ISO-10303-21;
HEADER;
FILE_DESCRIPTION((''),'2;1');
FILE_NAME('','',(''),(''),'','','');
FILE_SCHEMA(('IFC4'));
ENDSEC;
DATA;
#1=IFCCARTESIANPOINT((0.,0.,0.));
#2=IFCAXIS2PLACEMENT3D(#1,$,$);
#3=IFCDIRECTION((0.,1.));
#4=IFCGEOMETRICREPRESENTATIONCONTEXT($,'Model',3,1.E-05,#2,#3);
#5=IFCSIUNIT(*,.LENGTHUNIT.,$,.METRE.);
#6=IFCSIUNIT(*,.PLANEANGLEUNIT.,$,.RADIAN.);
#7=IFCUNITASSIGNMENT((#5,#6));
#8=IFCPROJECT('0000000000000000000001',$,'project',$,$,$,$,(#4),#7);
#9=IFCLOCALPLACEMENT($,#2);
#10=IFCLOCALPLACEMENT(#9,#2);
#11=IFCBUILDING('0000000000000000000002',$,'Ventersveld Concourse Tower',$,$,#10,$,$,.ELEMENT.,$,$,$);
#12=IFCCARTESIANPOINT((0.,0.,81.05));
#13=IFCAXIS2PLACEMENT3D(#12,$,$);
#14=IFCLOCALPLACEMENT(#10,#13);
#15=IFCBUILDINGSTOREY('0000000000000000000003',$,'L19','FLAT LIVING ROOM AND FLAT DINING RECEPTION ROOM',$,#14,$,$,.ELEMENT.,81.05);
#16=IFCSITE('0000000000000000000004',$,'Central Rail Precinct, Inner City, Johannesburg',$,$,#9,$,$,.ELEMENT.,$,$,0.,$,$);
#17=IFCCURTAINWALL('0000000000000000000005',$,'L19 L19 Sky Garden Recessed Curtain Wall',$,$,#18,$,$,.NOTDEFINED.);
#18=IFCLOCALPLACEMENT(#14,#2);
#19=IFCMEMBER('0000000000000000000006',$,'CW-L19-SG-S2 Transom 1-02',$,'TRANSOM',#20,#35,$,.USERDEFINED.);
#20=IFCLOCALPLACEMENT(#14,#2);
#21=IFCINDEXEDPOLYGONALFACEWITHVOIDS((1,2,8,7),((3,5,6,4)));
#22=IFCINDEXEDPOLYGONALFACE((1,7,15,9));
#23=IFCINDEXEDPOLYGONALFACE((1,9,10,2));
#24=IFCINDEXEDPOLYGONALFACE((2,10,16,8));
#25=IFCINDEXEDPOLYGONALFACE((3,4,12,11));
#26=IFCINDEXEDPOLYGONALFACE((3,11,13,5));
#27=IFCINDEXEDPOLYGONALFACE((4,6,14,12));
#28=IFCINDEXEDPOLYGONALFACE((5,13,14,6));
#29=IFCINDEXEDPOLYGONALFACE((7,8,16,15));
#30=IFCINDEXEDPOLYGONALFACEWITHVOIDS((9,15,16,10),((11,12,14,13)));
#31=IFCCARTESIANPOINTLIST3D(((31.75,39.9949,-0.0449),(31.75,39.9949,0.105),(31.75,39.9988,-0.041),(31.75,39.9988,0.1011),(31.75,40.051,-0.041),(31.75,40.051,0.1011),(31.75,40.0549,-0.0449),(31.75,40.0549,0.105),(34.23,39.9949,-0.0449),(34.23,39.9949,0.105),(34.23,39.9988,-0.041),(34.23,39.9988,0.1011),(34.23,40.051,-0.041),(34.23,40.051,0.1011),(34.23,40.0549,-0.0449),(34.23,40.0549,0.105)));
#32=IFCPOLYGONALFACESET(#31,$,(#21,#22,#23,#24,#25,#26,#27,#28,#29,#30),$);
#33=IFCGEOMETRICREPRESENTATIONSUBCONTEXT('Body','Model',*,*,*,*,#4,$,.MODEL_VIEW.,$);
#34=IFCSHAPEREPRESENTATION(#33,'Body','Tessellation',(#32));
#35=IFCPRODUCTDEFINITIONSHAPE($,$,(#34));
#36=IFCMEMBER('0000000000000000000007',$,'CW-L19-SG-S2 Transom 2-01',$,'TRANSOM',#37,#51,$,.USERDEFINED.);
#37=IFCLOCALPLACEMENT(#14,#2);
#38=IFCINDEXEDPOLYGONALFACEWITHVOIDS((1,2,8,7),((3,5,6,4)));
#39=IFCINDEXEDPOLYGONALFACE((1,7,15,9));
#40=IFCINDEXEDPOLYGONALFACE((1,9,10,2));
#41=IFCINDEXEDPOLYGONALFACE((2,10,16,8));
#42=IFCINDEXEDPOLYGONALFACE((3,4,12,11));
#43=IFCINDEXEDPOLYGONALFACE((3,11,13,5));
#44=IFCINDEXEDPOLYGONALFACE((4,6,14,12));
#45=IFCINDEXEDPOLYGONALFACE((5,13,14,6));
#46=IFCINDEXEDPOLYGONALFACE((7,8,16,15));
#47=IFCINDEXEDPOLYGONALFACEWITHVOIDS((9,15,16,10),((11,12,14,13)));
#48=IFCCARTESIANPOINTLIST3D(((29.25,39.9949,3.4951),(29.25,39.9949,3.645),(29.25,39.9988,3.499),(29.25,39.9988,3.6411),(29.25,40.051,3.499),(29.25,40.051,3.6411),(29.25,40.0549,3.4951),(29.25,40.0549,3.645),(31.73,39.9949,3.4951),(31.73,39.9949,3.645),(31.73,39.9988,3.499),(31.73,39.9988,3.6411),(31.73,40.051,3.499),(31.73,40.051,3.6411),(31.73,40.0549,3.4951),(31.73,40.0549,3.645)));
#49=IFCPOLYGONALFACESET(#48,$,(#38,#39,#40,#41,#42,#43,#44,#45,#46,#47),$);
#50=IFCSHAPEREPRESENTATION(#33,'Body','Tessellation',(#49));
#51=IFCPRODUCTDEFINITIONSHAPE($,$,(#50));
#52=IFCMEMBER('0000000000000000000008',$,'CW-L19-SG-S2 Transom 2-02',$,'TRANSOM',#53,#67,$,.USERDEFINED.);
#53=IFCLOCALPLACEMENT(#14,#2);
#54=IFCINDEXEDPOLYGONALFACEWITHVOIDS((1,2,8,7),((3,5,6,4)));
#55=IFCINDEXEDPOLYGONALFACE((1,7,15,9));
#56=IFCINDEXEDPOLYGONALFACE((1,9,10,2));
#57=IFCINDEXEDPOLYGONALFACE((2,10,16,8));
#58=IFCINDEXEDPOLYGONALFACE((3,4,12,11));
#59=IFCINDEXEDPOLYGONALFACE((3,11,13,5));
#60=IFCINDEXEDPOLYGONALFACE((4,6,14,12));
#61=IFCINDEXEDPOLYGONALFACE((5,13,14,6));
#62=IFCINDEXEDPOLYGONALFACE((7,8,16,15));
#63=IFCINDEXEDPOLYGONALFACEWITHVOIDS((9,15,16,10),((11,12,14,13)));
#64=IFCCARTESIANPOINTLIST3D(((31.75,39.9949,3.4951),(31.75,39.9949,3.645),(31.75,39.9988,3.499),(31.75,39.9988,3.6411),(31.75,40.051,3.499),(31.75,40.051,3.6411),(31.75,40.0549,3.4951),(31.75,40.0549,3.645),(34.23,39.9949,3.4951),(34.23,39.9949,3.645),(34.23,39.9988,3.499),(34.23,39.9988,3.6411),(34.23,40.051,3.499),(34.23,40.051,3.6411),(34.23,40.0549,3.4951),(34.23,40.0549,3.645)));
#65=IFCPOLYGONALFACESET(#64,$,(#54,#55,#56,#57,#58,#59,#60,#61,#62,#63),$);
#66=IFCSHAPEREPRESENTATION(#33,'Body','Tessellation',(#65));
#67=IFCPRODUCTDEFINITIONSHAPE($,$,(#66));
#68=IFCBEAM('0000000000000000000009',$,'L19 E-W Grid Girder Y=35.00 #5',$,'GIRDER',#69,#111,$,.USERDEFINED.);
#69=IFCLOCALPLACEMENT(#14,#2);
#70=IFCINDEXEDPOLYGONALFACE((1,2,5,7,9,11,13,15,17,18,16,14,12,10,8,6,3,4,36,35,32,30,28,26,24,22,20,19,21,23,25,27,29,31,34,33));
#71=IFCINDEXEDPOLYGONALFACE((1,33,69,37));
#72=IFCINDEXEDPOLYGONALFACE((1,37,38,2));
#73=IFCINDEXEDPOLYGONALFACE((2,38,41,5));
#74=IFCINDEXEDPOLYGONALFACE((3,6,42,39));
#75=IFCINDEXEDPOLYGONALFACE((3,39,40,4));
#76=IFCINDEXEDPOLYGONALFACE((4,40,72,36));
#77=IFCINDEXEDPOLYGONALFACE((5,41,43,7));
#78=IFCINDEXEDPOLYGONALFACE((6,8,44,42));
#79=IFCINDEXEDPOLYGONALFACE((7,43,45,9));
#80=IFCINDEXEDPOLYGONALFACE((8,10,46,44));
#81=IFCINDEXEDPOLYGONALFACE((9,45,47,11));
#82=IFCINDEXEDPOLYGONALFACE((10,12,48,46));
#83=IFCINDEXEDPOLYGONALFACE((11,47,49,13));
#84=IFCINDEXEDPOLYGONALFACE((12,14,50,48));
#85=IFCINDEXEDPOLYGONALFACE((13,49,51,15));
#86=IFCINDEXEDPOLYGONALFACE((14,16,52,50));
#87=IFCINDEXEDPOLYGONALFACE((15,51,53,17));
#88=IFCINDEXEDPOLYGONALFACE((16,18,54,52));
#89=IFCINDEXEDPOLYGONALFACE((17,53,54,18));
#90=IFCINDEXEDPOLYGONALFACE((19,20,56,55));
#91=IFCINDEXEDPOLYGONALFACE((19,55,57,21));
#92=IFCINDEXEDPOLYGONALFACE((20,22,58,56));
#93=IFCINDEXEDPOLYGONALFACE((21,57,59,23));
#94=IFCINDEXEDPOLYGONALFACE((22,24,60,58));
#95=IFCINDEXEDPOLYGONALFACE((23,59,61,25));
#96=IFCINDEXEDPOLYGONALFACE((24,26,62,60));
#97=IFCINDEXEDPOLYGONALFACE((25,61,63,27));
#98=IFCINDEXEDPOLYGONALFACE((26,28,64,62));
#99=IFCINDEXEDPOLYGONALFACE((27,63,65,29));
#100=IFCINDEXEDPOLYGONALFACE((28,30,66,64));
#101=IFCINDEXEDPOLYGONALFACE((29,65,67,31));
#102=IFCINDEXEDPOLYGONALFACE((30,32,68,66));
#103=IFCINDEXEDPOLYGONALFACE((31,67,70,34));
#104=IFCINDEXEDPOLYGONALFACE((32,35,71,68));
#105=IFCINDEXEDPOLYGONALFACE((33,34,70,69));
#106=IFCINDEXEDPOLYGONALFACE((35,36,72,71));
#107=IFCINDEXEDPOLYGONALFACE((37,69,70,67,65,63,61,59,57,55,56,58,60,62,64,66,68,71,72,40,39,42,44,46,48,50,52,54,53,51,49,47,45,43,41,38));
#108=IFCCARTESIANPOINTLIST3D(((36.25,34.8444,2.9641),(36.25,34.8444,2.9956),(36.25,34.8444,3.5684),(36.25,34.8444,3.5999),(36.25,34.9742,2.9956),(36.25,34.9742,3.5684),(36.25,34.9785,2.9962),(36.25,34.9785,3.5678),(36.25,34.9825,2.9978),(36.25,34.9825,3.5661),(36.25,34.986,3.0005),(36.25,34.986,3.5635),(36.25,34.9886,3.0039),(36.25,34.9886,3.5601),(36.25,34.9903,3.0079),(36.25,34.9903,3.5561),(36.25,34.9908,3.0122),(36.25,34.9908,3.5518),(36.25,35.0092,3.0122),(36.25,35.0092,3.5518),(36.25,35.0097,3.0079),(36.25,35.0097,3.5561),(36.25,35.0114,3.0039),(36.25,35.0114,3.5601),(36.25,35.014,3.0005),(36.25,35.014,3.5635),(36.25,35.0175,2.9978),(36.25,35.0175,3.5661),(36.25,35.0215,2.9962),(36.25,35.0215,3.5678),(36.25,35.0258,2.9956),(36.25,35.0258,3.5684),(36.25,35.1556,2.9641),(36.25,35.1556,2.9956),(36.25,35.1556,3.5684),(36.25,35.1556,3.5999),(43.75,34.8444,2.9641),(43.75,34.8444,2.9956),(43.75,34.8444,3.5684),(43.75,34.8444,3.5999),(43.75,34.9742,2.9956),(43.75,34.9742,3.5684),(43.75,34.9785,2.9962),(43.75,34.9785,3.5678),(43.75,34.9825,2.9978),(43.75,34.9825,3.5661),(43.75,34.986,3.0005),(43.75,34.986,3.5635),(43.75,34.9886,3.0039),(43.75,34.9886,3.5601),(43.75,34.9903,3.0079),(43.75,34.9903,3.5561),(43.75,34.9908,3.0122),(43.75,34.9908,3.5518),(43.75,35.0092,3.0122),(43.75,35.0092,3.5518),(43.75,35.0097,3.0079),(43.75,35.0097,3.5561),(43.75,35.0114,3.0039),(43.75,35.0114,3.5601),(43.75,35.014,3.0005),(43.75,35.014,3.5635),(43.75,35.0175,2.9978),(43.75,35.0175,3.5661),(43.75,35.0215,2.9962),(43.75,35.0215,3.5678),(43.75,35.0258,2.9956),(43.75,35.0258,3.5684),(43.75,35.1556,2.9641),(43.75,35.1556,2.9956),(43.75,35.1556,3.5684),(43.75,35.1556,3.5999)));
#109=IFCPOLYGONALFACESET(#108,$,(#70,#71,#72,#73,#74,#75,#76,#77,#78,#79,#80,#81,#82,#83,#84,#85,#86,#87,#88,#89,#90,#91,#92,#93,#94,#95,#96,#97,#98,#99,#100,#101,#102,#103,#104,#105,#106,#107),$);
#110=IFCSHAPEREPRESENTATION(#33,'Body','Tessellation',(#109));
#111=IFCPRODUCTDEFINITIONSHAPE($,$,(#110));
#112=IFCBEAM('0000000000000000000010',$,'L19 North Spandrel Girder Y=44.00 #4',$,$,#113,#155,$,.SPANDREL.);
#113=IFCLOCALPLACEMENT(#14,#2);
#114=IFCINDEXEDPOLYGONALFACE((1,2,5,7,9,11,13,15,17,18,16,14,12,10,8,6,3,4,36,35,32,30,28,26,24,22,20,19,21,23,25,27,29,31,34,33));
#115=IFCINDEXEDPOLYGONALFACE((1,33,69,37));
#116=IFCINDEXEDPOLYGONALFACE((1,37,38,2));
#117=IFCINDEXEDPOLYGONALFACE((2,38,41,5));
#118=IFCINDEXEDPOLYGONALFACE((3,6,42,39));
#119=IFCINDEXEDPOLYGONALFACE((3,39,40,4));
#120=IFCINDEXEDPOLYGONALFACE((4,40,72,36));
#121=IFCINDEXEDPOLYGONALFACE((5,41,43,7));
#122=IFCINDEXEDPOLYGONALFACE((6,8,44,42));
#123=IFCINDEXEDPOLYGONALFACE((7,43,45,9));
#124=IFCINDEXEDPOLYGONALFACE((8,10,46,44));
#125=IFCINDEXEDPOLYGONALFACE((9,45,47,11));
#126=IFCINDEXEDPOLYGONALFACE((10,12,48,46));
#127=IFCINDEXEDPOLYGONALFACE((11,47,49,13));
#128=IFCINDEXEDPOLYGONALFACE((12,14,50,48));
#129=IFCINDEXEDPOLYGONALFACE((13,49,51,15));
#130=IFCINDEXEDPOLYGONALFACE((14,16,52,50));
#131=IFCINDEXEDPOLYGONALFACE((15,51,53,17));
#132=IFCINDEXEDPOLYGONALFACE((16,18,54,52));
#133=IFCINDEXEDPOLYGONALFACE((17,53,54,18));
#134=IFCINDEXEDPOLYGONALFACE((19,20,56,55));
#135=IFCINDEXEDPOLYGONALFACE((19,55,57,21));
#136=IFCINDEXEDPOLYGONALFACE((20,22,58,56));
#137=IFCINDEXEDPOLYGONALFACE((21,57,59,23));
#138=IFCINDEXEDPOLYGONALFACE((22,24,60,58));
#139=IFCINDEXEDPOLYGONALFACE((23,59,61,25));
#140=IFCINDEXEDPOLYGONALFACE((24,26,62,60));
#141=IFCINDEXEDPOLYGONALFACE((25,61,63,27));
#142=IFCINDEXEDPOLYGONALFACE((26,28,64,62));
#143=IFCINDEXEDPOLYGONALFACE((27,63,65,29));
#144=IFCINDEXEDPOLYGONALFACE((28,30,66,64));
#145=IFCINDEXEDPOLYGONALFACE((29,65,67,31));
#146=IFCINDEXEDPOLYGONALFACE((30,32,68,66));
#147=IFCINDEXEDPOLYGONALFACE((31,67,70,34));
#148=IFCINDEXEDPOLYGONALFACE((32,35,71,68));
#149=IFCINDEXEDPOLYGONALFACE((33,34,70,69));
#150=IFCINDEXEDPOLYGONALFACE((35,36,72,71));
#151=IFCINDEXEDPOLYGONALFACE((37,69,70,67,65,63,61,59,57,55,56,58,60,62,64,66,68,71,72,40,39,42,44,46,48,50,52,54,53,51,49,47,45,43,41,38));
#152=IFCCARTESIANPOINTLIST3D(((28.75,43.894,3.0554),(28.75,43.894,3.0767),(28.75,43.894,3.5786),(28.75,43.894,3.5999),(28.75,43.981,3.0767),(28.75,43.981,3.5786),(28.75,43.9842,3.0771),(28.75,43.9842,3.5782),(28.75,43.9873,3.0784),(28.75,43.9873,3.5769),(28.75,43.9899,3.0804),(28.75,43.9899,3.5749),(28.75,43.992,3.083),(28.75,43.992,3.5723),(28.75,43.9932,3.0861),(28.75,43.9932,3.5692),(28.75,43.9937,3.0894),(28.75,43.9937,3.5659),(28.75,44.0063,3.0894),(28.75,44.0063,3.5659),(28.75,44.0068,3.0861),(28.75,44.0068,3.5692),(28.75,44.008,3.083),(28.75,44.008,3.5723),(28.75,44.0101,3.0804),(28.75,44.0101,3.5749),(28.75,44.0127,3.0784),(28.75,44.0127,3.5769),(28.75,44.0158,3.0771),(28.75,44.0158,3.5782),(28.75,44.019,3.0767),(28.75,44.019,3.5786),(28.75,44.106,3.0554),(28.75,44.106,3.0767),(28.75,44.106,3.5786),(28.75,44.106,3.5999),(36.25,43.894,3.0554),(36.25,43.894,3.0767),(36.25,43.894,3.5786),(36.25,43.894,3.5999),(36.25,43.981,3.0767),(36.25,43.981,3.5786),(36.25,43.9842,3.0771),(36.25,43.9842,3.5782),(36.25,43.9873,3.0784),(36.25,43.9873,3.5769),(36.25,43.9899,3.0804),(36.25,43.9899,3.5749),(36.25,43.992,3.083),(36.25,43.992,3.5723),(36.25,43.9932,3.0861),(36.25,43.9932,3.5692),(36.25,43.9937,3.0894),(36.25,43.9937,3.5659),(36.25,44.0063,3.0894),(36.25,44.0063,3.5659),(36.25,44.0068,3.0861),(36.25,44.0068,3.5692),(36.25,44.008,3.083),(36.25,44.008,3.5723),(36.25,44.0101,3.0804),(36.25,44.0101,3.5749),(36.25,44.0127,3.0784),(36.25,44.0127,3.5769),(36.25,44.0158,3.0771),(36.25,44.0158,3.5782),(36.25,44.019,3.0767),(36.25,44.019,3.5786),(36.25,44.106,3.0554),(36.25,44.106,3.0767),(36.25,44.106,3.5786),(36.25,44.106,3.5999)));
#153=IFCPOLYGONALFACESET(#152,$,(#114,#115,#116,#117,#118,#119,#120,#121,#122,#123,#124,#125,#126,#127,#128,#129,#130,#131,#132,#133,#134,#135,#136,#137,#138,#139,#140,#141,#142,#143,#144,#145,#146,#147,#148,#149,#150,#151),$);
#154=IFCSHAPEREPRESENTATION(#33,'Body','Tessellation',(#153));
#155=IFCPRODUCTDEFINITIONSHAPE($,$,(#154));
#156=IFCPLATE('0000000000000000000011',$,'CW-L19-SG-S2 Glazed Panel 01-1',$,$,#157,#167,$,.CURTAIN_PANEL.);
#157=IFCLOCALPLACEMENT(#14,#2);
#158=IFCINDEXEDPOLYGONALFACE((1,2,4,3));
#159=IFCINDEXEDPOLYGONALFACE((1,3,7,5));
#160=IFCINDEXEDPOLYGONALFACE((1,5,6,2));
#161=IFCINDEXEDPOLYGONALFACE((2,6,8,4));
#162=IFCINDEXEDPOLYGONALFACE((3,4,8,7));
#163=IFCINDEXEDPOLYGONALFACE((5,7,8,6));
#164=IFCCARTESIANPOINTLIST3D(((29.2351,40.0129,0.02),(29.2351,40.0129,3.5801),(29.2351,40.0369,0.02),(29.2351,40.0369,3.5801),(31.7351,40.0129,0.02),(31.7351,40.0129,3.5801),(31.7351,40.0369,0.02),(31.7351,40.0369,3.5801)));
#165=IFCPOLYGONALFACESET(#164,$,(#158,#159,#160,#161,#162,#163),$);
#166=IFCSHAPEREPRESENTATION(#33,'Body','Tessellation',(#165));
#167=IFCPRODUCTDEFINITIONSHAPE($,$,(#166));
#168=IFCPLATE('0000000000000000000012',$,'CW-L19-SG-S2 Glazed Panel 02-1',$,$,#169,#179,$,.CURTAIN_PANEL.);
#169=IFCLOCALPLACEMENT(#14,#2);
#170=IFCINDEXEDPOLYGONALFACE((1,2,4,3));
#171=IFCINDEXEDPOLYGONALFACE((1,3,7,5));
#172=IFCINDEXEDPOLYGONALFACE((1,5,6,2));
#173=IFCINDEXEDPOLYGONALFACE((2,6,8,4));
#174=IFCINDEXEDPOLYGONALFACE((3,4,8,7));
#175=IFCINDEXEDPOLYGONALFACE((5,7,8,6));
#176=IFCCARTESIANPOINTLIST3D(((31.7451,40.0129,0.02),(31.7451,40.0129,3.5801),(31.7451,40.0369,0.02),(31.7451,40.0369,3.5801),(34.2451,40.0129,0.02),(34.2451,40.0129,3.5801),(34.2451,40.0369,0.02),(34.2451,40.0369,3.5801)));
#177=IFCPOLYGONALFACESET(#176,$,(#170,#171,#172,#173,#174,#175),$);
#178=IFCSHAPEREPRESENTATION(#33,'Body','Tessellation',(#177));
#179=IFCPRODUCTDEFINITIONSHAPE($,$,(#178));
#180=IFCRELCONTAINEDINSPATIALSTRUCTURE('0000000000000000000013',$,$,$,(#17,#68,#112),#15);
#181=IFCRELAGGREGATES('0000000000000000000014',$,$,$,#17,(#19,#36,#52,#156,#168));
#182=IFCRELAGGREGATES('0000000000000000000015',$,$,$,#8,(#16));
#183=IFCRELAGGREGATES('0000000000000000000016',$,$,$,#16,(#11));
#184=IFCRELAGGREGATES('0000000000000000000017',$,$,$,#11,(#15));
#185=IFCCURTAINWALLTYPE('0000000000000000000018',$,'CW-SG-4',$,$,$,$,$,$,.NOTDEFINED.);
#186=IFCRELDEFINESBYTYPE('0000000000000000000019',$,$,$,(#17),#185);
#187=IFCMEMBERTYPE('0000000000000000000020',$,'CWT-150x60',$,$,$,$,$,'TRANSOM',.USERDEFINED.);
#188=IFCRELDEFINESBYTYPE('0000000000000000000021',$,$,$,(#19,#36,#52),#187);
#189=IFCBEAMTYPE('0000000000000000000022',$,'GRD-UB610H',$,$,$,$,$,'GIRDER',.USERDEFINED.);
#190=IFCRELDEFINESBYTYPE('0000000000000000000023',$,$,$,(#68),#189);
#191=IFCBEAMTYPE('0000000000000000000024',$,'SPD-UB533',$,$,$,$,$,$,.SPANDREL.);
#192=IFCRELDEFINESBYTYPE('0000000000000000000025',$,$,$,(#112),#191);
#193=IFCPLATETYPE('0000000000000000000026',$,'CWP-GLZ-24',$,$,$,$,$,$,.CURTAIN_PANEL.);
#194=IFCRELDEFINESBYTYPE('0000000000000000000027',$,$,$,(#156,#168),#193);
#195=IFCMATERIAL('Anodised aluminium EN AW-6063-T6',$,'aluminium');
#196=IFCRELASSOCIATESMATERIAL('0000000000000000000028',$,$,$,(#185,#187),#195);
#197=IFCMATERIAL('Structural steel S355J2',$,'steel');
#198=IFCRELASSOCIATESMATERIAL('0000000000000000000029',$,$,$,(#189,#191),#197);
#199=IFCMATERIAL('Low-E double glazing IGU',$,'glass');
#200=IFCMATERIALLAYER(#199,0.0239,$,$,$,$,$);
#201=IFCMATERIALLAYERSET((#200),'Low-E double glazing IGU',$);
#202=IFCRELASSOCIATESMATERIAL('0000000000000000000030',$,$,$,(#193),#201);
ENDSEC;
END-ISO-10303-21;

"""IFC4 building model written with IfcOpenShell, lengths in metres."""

from ifc_helpers import new_model, si_unit, direction, frame, origin, origin_2d, place, context, subcontext, project, spatial, rectangle, hollow_rectangle, i_section, extrude, material, layer, layer_set, material_profile, profile_set, type_object, element, aggregate, save


model = new_model("IFC4")

# Units and contexts
model_context = context("Model", 3, precision=1e-05, world=origin(), true_north=direction((0.0, 1.0)))
body_context = subcontext(model_context, "Body", "Model", "MODEL_VIEW")
ifc_project = project(units=[si_unit("LENGTHUNIT", "METRE"), si_unit("PLANEANGLEUNIT", "RADIAN")], contexts=[model_context])

# Site, building, storey
site_placement = place(None, origin())
site = spatial("IfcSite", under=ifc_project, at=site_placement, Name="Central Rail Precinct, Inner City, Johannesburg", CompositionType="ELEMENT", RefElevation=0.0)
building_placement = place(site_placement, origin())
building = spatial("IfcBuilding", under=site, at=building_placement, Name="Ventersveld Concourse Tower", CompositionType="ELEMENT")
storey_placement = place(building_placement, frame((0.0, 0.0, 81.05)))
storey = spatial("IfcBuildingStorey", under=building, at=storey_placement, Name="L19", Description="FLAT LIVING ROOM AND FLAT DINING RECEPTION ROOM", CompositionType="ELEMENT", Elevation=81.05)

# Shared definitions
ifc_material_1 = material(Name="Structural steel S355J2", Category="steel")

# Shared definitions
ifc_material_2 = material(Name="Anodised aluminium EN AW-6063-T6", Category="aluminium")
curtain_wall_type = type_object("IfcCurtainWallType", Name="CW-SG-4", PredefinedType="NOTDEFINED", material=ifc_material_2)

# Curtain wall, members
curtain_wall_1_placement = place(storey_placement, origin())
curtain_wall_1 = element("IfcCurtainWall", 1, at=curtain_wall_1_placement, inside=storey, type_object=curtain_wall_type, Name="L19 L19 Sky Garden Recessed Curtain Wall", PredefinedType="NOTDEFINED")
ifc_material_profile_1 = material_profile(ifc_material_2, hollow_rectangle(XDim=0.0601, YDim=0.1499, WallThickness=0.0039, at=origin_2d()), Name="ALU 150x60x4")
ifc_profile_set_1 = profile_set([ifc_material_profile_1], Name="Anodised aluminium EN AW-6063-T6")
member_type_1 = type_object("IfcMemberType", Name="CWT-150x60", ElementType="TRANSOM", PredefinedType="USERDEFINED", material=ifc_profile_set_1)
member_1_placement = place(storey_placement, frame((31.75, 40.0249, 0.03), z_axis=(1.0, 0.0, 0.0), x_axis=(0.0, 1.0, 0.0)))
member_1 = element("IfcMember", 2, at=member_1_placement, type_object=member_type_1, Name="CW-L19-SG-S2 Transom 1-02", ObjectType="TRANSOM", PredefinedType="USERDEFINED", context=body_context, shape_type="SweptSolid", body=[
    extrude(hollow_rectangle(XDim=0.0601, YDim=0.1499, WallThickness=0.0039, at=origin_2d()), origin(), (0.0, 0.0, 1.0), 2.48),
])
member_2_placement = place(storey_placement, frame((29.25, 40.0249, 3.5701), z_axis=(1.0, 0.0, 0.0), x_axis=(0.0, 1.0, 0.0)))
member_2 = element("IfcMember", 3, at=member_2_placement, type_object=member_type_1, Name="CW-L19-SG-S2 Transom 2-01", ObjectType="TRANSOM", PredefinedType="USERDEFINED", context=body_context, shape_type="SweptSolid", body=[
    extrude(hollow_rectangle(XDim=0.0601, YDim=0.1499, WallThickness=0.0039, at=origin_2d()), origin(), (0.0, 0.0, 1.0), 2.48),
])
member_3_placement = place(storey_placement, frame((31.75, 40.0249, 3.5701), z_axis=(1.0, 0.0, 0.0), x_axis=(0.0, 1.0, 0.0)))
member_3 = element("IfcMember", 4, at=member_3_placement, type_object=member_type_1, Name="CW-L19-SG-S2 Transom 2-02", ObjectType="TRANSOM", PredefinedType="USERDEFINED", context=body_context, shape_type="SweptSolid", body=[
    extrude(hollow_rectangle(XDim=0.0601, YDim=0.1499, WallThickness=0.0039, at=origin_2d()), origin(), (0.0, 0.0, 1.0), 2.48),
])

# Beams
ifc_material_profile_2 = material_profile(ifc_material_1, i_section(OverallWidth=0.3113, OverallDepth=0.6357, WebThickness=0.0183, FlangeThickness=0.0315, FilletRadius=0.0166, at=origin_2d()), Name="UB 610x305x238")
ifc_profile_set_2 = profile_set([ifc_material_profile_2], Name="Structural steel S355J2")
beam_type_1 = type_object("IfcBeamType", Name="GRD-UB610H", ElementType="GIRDER", PredefinedType="USERDEFINED", material=ifc_profile_set_2)
beam_1_placement = place(storey_placement, frame((36.25, 35.0, 3.282), z_axis=(1.0, 0.0, 0.0), x_axis=(0.0, 1.0, 0.0)))
element("IfcBeam", 5, at=beam_1_placement, inside=storey, type_object=beam_type_1, Name="L19 E-W Grid Girder Y=35.00 #5", ObjectType="GIRDER", PredefinedType="USERDEFINED", context=body_context, shape_type="SweptSolid", body=[
    extrude(i_section(OverallWidth=0.3113, OverallDepth=0.6357, WebThickness=0.0183, FlangeThickness=0.0315, FilletRadius=0.0166, at=origin_2d()), origin(), (0.0, 0.0, 1.0), 7.5),
])
ifc_material_profile_3 = material_profile(ifc_material_1, i_section(OverallWidth=0.2119, OverallDepth=0.5444, WebThickness=0.0127, FlangeThickness=0.0212, FilletRadius=0.0127, at=origin_2d()), Name="UB 533x210x122")
ifc_profile_set_3 = profile_set([ifc_material_profile_3], Name="Structural steel S355J2")
beam_type_2 = type_object("IfcBeamType", Name="SPD-UB533", PredefinedType="SPANDREL", material=ifc_profile_set_3)
beam_2_placement = place(storey_placement, frame((28.75, 44.0, 3.3276), z_axis=(1.0, 0.0, 0.0), x_axis=(0.0, 1.0, 0.0)))
element("IfcBeam", 6, at=beam_2_placement, inside=storey, type_object=beam_type_2, Name="L19 North Spandrel Girder Y=44.00 #4", PredefinedType="SPANDREL", context=body_context, shape_type="SweptSolid", body=[
    extrude(i_section(OverallWidth=0.2119, OverallDepth=0.5444, WebThickness=0.0127, FlangeThickness=0.0212, FilletRadius=0.0127, at=origin_2d()), origin(), (0.0, 0.0, 1.0), 7.5),
])

# Plates
ifc_material_3 = material(Name="Low-E double glazing IGU", Category="glass")
ifc_layer_1 = layer(ifc_material_3, 0.0239)
ifc_layer_set_1 = layer_set([ifc_layer_1], Name="Low-E double glazing IGU")
plate_type = type_object("IfcPlateType", Name="CWP-GLZ-24", PredefinedType="CURTAIN_PANEL", material=ifc_layer_set_1)
plate_1_placement = place(storey_placement, frame((30.4851, 40.0249, 0.02), z_axis=(0.0, 0.0, 1.0), x_axis=(1.0, 0.0, 0.0)))
plate_1 = element("IfcPlate", 7, at=plate_1_placement, type_object=plate_type, Name="CW-L19-SG-S2 Glazed Panel 01-1", PredefinedType="CURTAIN_PANEL", context=body_context, shape_type="SweptSolid", body=[
    extrude(rectangle(XDim=2.5, YDim=0.0239, at=origin_2d()), origin(), (0.0, 0.0, 1.0), 3.5601),
])
plate_2_placement = place(storey_placement, frame((32.9951, 40.0249, 0.02), z_axis=(0.0, 0.0, 1.0), x_axis=(1.0, 0.0, 0.0)))
plate_2 = element("IfcPlate", 8, at=plate_2_placement, type_object=plate_type, Name="CW-L19-SG-S2 Glazed Panel 02-1", PredefinedType="CURTAIN_PANEL", context=body_context, shape_type="SweptSolid", body=[
    extrude(rectangle(XDim=2.5, YDim=0.0239, at=origin_2d()), origin(), (0.0, 0.0, 1.0), 3.5601),
])
aggregate(curtain_wall_1, [member_1, member_2, member_3, plate_1, plate_2])

save(model, "model.ifc")
